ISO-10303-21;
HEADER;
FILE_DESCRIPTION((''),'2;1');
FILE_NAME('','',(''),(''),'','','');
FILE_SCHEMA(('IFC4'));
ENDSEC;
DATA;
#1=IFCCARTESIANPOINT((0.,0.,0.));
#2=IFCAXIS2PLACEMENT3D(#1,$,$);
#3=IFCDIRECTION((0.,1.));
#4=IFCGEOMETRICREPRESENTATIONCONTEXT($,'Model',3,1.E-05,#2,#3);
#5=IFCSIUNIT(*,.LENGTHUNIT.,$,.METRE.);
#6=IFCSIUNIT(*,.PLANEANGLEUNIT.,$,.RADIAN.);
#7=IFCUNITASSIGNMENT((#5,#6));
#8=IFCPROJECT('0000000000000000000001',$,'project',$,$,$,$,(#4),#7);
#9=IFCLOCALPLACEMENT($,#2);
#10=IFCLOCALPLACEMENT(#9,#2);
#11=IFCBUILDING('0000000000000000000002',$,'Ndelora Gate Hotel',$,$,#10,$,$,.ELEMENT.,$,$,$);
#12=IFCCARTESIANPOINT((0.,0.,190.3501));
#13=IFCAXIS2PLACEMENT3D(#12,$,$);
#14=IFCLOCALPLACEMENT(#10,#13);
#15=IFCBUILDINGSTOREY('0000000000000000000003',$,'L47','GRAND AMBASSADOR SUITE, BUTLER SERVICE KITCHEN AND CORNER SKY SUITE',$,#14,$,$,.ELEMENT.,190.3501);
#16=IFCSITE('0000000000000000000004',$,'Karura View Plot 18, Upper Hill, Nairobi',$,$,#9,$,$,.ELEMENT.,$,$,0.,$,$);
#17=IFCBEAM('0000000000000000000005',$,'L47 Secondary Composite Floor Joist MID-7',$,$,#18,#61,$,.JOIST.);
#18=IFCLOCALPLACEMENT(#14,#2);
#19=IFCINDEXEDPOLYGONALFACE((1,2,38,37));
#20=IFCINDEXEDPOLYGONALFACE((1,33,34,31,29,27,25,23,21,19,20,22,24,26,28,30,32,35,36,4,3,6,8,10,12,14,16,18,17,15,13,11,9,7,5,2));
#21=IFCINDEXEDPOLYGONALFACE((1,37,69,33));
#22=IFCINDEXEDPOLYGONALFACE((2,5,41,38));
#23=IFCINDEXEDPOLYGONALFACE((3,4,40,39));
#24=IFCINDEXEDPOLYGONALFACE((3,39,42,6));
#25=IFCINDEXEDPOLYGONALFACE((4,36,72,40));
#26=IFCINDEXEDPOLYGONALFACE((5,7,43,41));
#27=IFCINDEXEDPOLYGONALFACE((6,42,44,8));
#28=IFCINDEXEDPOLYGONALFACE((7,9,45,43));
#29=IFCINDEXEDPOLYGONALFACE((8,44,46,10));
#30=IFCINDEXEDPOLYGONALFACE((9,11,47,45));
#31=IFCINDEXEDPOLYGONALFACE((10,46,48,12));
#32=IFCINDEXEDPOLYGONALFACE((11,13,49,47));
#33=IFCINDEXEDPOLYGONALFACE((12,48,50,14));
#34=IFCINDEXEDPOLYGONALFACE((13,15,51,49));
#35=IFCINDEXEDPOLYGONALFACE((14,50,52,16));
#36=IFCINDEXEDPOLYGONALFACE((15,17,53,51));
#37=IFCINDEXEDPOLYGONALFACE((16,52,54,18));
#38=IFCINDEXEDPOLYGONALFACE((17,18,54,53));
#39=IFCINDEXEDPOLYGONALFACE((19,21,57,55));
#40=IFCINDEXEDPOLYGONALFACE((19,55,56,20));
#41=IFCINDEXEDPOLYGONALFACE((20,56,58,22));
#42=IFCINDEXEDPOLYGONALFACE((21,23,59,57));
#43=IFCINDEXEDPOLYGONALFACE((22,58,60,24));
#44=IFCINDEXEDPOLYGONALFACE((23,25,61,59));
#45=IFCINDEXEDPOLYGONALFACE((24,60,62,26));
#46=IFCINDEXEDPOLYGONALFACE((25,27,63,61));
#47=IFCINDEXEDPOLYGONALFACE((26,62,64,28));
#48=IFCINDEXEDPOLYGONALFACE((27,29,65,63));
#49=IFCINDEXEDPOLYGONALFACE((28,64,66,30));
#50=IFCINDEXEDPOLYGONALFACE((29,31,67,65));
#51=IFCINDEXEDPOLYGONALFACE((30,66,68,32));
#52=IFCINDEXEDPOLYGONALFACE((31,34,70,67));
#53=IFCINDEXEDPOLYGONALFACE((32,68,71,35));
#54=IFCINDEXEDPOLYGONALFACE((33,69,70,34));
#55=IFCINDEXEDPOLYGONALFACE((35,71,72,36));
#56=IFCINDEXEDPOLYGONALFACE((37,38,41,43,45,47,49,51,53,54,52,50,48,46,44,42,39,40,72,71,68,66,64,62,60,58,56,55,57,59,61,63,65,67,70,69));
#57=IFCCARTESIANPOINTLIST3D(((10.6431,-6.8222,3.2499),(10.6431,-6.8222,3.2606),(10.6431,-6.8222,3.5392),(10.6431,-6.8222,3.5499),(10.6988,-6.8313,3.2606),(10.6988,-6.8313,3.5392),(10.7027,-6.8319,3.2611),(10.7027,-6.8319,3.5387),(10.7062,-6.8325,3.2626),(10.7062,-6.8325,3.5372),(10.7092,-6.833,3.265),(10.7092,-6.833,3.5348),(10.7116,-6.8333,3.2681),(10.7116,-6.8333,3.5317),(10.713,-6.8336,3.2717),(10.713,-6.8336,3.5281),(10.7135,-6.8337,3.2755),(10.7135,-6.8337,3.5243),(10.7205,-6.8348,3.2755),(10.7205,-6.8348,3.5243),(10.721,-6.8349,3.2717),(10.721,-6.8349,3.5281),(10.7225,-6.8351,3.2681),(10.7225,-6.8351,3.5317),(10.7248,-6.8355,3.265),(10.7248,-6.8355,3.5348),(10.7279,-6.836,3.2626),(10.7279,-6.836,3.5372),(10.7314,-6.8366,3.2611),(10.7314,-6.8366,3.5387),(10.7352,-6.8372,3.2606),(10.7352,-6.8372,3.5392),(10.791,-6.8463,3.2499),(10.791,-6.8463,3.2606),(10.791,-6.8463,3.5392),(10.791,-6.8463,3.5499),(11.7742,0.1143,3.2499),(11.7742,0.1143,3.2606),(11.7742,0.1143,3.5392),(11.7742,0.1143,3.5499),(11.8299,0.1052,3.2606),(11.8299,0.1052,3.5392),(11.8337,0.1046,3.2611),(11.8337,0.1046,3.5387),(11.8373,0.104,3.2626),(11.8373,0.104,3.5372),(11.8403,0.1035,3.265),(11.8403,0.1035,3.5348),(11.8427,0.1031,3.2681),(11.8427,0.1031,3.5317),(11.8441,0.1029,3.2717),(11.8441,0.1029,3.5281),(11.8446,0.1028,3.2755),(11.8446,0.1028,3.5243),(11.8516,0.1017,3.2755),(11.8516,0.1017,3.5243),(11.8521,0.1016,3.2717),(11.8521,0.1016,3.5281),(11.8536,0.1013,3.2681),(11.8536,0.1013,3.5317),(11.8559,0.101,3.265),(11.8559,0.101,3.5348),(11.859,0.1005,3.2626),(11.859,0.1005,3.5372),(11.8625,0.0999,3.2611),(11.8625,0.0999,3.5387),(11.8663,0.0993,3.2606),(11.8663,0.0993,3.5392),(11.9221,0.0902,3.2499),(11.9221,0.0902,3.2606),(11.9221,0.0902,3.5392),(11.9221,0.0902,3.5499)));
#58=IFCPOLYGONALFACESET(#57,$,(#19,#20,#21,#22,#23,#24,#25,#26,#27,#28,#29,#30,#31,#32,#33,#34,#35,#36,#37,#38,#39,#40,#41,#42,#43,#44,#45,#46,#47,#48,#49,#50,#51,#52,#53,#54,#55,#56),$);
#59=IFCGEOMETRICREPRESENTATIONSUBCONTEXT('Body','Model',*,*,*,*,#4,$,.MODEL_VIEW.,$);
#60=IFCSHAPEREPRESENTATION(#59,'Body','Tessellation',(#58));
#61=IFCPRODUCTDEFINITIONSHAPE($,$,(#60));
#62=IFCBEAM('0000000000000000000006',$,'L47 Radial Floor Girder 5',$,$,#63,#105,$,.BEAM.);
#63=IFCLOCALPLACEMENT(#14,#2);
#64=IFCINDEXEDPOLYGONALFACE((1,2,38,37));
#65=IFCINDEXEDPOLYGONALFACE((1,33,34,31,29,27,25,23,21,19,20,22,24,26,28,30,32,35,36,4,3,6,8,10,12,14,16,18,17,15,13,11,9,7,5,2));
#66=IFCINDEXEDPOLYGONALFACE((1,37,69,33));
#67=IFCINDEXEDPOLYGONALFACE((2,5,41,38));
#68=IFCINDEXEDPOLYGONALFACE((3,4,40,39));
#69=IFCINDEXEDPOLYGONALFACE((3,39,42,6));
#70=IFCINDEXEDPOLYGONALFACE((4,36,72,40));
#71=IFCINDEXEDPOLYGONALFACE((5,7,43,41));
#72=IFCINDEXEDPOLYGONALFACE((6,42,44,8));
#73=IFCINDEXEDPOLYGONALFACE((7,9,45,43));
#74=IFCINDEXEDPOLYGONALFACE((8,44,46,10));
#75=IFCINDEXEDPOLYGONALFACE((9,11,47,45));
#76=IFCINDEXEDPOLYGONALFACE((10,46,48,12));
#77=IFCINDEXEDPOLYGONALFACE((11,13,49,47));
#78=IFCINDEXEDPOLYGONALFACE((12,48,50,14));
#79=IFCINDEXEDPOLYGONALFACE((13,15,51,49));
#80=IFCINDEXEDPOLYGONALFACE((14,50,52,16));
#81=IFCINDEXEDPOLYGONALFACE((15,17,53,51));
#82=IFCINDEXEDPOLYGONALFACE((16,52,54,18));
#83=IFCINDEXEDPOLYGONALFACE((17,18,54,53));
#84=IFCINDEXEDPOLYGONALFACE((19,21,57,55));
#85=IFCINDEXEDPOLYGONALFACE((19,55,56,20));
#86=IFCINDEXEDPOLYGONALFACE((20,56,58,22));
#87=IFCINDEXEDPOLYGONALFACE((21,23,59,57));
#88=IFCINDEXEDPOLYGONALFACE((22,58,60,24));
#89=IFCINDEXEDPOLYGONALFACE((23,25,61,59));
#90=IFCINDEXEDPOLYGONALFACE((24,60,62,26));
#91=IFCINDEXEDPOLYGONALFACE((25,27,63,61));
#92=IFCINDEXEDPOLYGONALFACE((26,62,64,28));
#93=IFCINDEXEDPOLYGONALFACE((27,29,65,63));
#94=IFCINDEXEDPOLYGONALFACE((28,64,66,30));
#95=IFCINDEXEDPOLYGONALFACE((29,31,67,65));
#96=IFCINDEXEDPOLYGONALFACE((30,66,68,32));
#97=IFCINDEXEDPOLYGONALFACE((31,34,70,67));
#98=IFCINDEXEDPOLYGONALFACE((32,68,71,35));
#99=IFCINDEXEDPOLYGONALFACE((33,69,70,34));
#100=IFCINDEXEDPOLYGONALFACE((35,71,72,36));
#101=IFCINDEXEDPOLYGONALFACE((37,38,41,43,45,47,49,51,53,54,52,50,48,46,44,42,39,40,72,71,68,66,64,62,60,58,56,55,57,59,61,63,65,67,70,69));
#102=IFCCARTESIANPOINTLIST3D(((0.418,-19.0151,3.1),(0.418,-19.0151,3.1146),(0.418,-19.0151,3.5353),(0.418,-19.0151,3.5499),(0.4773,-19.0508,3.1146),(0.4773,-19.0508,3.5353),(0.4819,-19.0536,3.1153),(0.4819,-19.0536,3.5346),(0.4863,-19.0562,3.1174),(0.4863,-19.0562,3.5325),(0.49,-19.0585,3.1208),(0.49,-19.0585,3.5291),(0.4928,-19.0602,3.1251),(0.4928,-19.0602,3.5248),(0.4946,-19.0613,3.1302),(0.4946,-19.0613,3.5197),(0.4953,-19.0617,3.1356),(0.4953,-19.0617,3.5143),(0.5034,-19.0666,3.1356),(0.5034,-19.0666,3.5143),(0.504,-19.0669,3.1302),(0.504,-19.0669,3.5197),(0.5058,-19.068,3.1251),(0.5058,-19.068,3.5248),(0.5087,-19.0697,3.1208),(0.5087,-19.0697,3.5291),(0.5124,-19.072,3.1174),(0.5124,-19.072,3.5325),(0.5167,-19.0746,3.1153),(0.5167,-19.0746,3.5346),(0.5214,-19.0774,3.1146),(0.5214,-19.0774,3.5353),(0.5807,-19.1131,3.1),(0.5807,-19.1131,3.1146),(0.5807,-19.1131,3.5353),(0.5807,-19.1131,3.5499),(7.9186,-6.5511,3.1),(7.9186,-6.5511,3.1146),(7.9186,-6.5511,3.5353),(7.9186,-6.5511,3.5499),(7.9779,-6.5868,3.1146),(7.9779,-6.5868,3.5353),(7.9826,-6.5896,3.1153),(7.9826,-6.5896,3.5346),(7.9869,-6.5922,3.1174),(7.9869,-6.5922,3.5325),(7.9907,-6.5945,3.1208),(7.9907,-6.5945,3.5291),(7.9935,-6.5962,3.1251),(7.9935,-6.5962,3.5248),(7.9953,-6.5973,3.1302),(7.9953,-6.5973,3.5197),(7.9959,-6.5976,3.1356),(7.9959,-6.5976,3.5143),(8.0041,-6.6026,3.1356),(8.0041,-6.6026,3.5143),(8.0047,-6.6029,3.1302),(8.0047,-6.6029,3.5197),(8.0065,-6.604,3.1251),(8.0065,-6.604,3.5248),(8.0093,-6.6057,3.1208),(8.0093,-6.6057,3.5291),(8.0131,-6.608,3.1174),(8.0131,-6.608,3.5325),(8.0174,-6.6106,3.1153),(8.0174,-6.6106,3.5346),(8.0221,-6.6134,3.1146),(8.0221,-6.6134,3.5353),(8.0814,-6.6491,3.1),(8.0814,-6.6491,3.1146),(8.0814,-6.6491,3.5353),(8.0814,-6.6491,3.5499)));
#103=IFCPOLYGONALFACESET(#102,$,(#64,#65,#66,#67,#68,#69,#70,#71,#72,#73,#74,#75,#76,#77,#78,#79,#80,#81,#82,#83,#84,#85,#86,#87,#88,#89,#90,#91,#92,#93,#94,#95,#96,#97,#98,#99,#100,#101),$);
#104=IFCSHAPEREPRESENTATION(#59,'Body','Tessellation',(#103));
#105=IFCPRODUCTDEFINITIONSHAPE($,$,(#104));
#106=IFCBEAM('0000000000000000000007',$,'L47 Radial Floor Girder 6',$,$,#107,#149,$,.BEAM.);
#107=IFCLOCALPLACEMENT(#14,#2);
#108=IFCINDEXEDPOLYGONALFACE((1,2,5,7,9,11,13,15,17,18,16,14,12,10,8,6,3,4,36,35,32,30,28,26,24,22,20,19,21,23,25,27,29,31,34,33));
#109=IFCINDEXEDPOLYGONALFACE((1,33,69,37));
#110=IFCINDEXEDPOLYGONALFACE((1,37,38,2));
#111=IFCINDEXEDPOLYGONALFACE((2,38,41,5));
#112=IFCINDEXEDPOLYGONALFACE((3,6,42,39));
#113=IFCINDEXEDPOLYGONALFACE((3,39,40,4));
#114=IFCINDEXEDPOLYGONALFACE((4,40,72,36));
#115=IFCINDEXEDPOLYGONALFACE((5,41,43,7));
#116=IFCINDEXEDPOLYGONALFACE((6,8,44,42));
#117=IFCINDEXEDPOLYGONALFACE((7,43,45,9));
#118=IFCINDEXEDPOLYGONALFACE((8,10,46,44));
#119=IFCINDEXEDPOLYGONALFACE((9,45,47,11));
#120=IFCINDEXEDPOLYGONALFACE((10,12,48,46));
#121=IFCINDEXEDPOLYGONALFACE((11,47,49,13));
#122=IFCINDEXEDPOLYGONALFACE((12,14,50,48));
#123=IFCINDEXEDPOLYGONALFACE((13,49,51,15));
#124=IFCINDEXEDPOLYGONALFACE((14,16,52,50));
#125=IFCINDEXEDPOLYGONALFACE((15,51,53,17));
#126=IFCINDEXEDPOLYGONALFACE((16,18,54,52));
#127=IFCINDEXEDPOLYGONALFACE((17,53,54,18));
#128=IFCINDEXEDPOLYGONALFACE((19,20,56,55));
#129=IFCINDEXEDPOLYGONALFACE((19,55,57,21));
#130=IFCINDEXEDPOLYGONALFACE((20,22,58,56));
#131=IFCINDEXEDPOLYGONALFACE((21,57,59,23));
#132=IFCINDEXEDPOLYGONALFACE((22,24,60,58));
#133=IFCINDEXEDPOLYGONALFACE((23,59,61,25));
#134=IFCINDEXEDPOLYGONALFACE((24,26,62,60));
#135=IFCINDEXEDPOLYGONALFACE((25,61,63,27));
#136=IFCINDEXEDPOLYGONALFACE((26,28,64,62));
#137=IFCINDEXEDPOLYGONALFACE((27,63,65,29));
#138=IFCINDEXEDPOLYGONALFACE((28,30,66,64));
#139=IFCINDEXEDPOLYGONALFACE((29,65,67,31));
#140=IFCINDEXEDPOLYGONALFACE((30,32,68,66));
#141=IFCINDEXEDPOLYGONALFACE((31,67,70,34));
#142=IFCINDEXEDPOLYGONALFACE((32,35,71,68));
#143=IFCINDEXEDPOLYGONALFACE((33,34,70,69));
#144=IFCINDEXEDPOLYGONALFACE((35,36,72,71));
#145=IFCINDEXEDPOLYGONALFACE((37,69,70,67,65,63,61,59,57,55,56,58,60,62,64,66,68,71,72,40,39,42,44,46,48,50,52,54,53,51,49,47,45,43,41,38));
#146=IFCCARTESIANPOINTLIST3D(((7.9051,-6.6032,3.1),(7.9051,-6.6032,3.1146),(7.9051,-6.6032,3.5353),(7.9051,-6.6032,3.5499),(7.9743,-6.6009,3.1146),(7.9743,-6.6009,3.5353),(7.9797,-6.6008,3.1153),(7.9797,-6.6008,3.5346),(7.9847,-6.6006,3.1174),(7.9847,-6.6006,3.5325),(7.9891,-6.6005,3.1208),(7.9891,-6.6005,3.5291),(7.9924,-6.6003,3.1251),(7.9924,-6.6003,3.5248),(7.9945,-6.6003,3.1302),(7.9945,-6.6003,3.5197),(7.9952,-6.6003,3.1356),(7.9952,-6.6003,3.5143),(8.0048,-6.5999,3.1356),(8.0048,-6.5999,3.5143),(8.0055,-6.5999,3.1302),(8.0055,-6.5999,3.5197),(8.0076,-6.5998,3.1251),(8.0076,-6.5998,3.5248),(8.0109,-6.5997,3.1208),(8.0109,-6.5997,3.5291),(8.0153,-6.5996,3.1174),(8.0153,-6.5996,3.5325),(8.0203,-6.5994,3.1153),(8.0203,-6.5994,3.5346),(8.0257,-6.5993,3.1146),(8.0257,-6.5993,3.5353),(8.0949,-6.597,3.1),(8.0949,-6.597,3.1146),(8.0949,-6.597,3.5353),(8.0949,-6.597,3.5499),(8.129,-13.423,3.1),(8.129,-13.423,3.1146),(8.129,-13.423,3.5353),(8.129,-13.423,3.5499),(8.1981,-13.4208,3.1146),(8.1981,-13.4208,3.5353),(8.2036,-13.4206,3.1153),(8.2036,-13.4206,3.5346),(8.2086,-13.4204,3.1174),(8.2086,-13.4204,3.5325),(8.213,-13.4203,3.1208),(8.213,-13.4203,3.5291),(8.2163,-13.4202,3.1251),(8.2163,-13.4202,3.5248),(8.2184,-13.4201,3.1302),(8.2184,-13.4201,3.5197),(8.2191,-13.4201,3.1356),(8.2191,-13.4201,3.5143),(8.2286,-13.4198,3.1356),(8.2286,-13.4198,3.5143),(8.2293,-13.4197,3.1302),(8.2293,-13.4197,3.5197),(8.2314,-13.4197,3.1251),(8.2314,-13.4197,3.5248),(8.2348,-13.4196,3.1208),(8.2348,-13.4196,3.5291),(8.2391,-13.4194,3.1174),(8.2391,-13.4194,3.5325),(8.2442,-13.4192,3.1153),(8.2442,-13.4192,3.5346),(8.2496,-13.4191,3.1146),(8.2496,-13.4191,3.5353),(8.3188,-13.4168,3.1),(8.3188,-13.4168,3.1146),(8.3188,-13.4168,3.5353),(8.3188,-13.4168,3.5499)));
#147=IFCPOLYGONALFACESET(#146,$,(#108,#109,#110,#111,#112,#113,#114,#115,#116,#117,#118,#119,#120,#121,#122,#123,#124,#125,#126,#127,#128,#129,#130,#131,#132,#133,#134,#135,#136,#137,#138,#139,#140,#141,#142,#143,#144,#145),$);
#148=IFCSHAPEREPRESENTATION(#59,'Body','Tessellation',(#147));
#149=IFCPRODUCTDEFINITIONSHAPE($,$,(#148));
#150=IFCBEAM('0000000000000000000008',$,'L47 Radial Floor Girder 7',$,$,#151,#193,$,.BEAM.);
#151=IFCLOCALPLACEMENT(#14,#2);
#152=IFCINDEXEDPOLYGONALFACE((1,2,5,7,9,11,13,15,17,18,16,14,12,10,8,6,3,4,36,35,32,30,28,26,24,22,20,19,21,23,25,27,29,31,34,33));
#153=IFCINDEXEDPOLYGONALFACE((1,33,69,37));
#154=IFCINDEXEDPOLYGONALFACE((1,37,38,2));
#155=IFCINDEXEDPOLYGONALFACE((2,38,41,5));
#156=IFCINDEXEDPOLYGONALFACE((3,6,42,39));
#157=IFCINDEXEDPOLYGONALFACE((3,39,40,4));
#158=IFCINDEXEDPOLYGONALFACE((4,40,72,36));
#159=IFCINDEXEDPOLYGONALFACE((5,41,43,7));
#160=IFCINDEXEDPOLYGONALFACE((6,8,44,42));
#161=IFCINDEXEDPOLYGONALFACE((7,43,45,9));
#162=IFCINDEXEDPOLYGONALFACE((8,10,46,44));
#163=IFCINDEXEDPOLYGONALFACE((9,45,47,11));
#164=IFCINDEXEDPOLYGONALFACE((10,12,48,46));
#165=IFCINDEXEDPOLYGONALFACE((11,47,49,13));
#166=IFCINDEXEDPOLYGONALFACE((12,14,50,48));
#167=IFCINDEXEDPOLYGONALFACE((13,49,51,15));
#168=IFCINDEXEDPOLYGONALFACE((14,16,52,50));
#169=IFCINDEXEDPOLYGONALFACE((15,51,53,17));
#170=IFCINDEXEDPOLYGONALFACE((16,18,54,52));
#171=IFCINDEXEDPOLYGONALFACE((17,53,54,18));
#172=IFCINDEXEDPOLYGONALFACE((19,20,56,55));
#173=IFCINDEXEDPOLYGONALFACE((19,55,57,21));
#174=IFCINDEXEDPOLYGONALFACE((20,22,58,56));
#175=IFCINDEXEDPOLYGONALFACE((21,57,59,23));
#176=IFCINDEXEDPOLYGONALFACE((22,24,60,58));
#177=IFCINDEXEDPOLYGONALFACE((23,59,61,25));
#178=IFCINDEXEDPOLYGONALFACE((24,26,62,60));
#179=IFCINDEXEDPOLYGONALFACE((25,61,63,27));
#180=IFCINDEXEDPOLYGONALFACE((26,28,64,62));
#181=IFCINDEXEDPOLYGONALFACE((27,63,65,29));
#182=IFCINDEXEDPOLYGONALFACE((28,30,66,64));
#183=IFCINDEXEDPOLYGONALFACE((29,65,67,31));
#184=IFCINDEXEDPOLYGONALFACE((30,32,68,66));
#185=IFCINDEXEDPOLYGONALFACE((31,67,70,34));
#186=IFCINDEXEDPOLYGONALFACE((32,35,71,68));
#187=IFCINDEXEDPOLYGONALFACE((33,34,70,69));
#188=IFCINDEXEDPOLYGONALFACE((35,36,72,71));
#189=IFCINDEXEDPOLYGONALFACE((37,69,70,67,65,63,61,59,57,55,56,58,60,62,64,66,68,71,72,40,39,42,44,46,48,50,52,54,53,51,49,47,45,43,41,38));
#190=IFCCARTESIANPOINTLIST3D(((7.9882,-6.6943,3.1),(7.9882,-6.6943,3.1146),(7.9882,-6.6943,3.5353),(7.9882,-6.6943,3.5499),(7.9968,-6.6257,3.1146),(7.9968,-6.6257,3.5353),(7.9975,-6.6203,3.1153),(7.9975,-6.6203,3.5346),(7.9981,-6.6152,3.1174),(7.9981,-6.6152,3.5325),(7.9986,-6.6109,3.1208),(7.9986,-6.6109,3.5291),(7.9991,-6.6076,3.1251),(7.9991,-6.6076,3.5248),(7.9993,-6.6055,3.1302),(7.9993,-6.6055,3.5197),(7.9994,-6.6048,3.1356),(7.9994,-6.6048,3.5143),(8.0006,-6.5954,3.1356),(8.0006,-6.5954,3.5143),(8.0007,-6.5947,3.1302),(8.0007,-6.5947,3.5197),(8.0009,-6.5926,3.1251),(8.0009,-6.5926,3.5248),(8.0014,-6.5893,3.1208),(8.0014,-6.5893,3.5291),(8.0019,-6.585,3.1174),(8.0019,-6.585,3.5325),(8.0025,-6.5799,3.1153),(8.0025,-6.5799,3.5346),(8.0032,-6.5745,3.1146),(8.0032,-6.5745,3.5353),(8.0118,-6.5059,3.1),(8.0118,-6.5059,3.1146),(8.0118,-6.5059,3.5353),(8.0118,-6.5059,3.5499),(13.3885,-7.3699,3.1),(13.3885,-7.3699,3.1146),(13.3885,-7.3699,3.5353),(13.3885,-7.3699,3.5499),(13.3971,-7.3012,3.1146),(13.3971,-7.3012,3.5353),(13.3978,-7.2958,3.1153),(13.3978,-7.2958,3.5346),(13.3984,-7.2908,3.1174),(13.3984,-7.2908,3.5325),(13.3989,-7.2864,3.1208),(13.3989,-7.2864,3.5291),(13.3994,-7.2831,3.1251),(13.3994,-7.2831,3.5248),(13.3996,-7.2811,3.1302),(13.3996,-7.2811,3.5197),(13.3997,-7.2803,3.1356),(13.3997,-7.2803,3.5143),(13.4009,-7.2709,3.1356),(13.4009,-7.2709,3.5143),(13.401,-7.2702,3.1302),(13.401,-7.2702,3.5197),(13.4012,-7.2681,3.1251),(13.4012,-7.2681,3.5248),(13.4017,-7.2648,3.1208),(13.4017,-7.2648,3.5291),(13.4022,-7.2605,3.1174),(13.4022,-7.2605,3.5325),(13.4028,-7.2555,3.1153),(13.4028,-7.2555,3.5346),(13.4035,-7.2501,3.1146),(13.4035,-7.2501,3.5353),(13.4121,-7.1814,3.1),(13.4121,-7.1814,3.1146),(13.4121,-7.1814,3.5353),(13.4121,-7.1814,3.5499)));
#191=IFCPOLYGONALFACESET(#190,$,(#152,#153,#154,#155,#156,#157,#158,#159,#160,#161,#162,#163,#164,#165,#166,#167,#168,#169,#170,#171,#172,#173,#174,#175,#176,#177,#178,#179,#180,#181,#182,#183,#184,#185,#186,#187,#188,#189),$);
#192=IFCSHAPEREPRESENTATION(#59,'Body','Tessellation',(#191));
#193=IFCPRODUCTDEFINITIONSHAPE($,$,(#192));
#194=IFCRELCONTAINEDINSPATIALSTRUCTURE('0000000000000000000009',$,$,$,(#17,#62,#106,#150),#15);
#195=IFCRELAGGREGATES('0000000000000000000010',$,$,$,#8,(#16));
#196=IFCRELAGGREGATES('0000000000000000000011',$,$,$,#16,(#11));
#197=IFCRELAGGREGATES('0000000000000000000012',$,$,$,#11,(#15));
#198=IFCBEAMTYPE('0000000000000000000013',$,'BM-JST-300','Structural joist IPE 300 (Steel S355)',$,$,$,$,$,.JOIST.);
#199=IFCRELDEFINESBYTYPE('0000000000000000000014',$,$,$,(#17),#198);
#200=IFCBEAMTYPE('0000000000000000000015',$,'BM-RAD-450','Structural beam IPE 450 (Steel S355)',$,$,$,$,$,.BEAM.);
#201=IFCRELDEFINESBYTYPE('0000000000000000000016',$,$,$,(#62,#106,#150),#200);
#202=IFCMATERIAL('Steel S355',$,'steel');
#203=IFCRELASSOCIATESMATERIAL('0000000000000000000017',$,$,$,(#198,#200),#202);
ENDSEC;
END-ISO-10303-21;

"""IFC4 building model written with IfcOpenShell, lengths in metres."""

from ifc_helpers import new_model, si_unit, direction, frame, origin, origin_2d, place, context, subcontext, project, spatial, i_section, extrude, material, material_profile, profile_set, type_object, element, save


model = new_model("IFC4")

# Units and contexts
model_context = context("Model", 3, precision=1e-05, world=origin(), true_north=direction((0.0, 1.0)))
body_context = subcontext(model_context, "Body", "Model", "MODEL_VIEW")
ifc_project = project(units=[si_unit("LENGTHUNIT", "METRE"), si_unit("PLANEANGLEUNIT", "RADIAN")], contexts=[model_context])

# Site, building, storey
site_placement = place(None, origin())
site = spatial("IfcSite", under=ifc_project, at=site_placement, Name="Karura View Plot 18, Upper Hill, Nairobi", CompositionType="ELEMENT", RefElevation=0.0)
building_placement = place(site_placement, origin())
building = spatial("IfcBuilding", under=site, at=building_placement, Name="Ndelora Gate Hotel", CompositionType="ELEMENT")
storey_placement = place(building_placement, frame((0.0, 0.0, 190.3501)))
storey = spatial("IfcBuildingStorey", under=building, at=storey_placement, Name="L47", Description="GRAND AMBASSADOR SUITE, BUTLER SERVICE KITCHEN AND CORNER SKY SUITE", CompositionType="ELEMENT", Elevation=190.3501)

# Beams
ifc_material_1 = material(Name="Steel S355", Category="steel")
ifc_material_profile_1 = material_profile(ifc_material_1, i_section(OverallWidth=0.1499, OverallDepth=0.3, WebThickness=0.0071, FlangeThickness=0.0107, FilletRadius=0.0149, at=origin_2d()), Name="IPE 300")
ifc_profile_set_1 = profile_set([ifc_material_profile_1], Name="Steel S355")
beam_type_1 = type_object("IfcBeamType", Name="BM-JST-300", Description="Structural joist IPE 300 (Steel S355)", PredefinedType="JOIST", material=ifc_profile_set_1)
beam_1_placement = place(storey_placement, frame((10.717, -6.8342, 3.3999), z_axis=(0.160939, 0.986964, 0.0), x_axis=(-0.986964, 0.160939, 0.0)))
element("IfcBeam", 1, at=beam_1_placement, inside=storey, type_object=beam_type_1, Name="L47 Secondary Composite Floor Joist MID-7", PredefinedType="JOIST", context=body_context, shape_type="SweptSolid", body=[
    extrude(i_section(OverallWidth=0.1499, OverallDepth=0.3, WebThickness=0.0071, FlangeThickness=0.0107, FilletRadius=0.0149, at=origin_2d()), origin(), (0.0, 0.0, 1.0), 7.0281),
])
ifc_material_profile_2 = material_profile(ifc_material_1, i_section(OverallWidth=0.1899, OverallDepth=0.45, WebThickness=0.0095, FlangeThickness=0.0146, FilletRadius=0.021, at=origin_2d()), Name="IPE 450")
ifc_profile_set_2 = profile_set([ifc_material_profile_2], Name="Steel S355")
beam_type_2 = type_object("IfcBeamType", Name="BM-RAD-450", Description="Structural beam IPE 450 (Steel S355)", PredefinedType="BEAM", material=ifc_profile_set_2)
beam_2_placement = place(storey_placement, frame((8.0, -6.6001, 3.325), z_axis=(-0.515621, -0.856817, 0.0), x_axis=(0.856817, -0.515621, 0.0)))
element("IfcBeam", 2, at=beam_2_placement, inside=storey, type_object=beam_type_2, Name="L47 Radial Floor Girder 5", PredefinedType="BEAM", context=body_context, shape_type="SweptSolid", body=[
    extrude(i_section(OverallWidth=0.1899, OverallDepth=0.45, WebThickness=0.0095, FlangeThickness=0.0146, FilletRadius=0.021, at=origin_2d()), origin(), (0.0, 0.0, 1.0), 14.5469),
])
beam_3_placement = place(storey_placement, frame((8.0, -6.6001, 3.325), z_axis=(0.03281, -0.999462, 0.0), x_axis=(0.999462, 0.03281, 0.0)))
element("IfcBeam", 3, at=beam_3_placement, inside=storey, type_object=beam_type_2, Name="L47 Radial Floor Girder 6", PredefinedType="BEAM", context=body_context, shape_type="SweptSolid", body=[
    extrude(i_section(OverallWidth=0.1899, OverallDepth=0.45, WebThickness=0.0095, FlangeThickness=0.0146, FilletRadius=0.021, at=origin_2d()), origin(), (0.0, 0.0, 1.0), 6.8235),
])
beam_4_placement = place(storey_placement, frame((8.0, -6.6001, 3.325), z_axis=(0.992267, -0.124123, 0.0), x_axis=(0.124123, 0.992267, 0.0)))
element("IfcBeam", 4, at=beam_4_placement, inside=storey, type_object=beam_type_2, Name="L47 Radial Floor Girder 7", PredefinedType="BEAM", context=body_context, shape_type="SweptSolid", body=[
    extrude(i_section(OverallWidth=0.1899, OverallDepth=0.45, WebThickness=0.0095, FlangeThickness=0.0146, FilletRadius=0.021, at=origin_2d()), origin(), (0.0, 0.0, 1.0), 5.4424),
])

save(model, "model.ifc")
